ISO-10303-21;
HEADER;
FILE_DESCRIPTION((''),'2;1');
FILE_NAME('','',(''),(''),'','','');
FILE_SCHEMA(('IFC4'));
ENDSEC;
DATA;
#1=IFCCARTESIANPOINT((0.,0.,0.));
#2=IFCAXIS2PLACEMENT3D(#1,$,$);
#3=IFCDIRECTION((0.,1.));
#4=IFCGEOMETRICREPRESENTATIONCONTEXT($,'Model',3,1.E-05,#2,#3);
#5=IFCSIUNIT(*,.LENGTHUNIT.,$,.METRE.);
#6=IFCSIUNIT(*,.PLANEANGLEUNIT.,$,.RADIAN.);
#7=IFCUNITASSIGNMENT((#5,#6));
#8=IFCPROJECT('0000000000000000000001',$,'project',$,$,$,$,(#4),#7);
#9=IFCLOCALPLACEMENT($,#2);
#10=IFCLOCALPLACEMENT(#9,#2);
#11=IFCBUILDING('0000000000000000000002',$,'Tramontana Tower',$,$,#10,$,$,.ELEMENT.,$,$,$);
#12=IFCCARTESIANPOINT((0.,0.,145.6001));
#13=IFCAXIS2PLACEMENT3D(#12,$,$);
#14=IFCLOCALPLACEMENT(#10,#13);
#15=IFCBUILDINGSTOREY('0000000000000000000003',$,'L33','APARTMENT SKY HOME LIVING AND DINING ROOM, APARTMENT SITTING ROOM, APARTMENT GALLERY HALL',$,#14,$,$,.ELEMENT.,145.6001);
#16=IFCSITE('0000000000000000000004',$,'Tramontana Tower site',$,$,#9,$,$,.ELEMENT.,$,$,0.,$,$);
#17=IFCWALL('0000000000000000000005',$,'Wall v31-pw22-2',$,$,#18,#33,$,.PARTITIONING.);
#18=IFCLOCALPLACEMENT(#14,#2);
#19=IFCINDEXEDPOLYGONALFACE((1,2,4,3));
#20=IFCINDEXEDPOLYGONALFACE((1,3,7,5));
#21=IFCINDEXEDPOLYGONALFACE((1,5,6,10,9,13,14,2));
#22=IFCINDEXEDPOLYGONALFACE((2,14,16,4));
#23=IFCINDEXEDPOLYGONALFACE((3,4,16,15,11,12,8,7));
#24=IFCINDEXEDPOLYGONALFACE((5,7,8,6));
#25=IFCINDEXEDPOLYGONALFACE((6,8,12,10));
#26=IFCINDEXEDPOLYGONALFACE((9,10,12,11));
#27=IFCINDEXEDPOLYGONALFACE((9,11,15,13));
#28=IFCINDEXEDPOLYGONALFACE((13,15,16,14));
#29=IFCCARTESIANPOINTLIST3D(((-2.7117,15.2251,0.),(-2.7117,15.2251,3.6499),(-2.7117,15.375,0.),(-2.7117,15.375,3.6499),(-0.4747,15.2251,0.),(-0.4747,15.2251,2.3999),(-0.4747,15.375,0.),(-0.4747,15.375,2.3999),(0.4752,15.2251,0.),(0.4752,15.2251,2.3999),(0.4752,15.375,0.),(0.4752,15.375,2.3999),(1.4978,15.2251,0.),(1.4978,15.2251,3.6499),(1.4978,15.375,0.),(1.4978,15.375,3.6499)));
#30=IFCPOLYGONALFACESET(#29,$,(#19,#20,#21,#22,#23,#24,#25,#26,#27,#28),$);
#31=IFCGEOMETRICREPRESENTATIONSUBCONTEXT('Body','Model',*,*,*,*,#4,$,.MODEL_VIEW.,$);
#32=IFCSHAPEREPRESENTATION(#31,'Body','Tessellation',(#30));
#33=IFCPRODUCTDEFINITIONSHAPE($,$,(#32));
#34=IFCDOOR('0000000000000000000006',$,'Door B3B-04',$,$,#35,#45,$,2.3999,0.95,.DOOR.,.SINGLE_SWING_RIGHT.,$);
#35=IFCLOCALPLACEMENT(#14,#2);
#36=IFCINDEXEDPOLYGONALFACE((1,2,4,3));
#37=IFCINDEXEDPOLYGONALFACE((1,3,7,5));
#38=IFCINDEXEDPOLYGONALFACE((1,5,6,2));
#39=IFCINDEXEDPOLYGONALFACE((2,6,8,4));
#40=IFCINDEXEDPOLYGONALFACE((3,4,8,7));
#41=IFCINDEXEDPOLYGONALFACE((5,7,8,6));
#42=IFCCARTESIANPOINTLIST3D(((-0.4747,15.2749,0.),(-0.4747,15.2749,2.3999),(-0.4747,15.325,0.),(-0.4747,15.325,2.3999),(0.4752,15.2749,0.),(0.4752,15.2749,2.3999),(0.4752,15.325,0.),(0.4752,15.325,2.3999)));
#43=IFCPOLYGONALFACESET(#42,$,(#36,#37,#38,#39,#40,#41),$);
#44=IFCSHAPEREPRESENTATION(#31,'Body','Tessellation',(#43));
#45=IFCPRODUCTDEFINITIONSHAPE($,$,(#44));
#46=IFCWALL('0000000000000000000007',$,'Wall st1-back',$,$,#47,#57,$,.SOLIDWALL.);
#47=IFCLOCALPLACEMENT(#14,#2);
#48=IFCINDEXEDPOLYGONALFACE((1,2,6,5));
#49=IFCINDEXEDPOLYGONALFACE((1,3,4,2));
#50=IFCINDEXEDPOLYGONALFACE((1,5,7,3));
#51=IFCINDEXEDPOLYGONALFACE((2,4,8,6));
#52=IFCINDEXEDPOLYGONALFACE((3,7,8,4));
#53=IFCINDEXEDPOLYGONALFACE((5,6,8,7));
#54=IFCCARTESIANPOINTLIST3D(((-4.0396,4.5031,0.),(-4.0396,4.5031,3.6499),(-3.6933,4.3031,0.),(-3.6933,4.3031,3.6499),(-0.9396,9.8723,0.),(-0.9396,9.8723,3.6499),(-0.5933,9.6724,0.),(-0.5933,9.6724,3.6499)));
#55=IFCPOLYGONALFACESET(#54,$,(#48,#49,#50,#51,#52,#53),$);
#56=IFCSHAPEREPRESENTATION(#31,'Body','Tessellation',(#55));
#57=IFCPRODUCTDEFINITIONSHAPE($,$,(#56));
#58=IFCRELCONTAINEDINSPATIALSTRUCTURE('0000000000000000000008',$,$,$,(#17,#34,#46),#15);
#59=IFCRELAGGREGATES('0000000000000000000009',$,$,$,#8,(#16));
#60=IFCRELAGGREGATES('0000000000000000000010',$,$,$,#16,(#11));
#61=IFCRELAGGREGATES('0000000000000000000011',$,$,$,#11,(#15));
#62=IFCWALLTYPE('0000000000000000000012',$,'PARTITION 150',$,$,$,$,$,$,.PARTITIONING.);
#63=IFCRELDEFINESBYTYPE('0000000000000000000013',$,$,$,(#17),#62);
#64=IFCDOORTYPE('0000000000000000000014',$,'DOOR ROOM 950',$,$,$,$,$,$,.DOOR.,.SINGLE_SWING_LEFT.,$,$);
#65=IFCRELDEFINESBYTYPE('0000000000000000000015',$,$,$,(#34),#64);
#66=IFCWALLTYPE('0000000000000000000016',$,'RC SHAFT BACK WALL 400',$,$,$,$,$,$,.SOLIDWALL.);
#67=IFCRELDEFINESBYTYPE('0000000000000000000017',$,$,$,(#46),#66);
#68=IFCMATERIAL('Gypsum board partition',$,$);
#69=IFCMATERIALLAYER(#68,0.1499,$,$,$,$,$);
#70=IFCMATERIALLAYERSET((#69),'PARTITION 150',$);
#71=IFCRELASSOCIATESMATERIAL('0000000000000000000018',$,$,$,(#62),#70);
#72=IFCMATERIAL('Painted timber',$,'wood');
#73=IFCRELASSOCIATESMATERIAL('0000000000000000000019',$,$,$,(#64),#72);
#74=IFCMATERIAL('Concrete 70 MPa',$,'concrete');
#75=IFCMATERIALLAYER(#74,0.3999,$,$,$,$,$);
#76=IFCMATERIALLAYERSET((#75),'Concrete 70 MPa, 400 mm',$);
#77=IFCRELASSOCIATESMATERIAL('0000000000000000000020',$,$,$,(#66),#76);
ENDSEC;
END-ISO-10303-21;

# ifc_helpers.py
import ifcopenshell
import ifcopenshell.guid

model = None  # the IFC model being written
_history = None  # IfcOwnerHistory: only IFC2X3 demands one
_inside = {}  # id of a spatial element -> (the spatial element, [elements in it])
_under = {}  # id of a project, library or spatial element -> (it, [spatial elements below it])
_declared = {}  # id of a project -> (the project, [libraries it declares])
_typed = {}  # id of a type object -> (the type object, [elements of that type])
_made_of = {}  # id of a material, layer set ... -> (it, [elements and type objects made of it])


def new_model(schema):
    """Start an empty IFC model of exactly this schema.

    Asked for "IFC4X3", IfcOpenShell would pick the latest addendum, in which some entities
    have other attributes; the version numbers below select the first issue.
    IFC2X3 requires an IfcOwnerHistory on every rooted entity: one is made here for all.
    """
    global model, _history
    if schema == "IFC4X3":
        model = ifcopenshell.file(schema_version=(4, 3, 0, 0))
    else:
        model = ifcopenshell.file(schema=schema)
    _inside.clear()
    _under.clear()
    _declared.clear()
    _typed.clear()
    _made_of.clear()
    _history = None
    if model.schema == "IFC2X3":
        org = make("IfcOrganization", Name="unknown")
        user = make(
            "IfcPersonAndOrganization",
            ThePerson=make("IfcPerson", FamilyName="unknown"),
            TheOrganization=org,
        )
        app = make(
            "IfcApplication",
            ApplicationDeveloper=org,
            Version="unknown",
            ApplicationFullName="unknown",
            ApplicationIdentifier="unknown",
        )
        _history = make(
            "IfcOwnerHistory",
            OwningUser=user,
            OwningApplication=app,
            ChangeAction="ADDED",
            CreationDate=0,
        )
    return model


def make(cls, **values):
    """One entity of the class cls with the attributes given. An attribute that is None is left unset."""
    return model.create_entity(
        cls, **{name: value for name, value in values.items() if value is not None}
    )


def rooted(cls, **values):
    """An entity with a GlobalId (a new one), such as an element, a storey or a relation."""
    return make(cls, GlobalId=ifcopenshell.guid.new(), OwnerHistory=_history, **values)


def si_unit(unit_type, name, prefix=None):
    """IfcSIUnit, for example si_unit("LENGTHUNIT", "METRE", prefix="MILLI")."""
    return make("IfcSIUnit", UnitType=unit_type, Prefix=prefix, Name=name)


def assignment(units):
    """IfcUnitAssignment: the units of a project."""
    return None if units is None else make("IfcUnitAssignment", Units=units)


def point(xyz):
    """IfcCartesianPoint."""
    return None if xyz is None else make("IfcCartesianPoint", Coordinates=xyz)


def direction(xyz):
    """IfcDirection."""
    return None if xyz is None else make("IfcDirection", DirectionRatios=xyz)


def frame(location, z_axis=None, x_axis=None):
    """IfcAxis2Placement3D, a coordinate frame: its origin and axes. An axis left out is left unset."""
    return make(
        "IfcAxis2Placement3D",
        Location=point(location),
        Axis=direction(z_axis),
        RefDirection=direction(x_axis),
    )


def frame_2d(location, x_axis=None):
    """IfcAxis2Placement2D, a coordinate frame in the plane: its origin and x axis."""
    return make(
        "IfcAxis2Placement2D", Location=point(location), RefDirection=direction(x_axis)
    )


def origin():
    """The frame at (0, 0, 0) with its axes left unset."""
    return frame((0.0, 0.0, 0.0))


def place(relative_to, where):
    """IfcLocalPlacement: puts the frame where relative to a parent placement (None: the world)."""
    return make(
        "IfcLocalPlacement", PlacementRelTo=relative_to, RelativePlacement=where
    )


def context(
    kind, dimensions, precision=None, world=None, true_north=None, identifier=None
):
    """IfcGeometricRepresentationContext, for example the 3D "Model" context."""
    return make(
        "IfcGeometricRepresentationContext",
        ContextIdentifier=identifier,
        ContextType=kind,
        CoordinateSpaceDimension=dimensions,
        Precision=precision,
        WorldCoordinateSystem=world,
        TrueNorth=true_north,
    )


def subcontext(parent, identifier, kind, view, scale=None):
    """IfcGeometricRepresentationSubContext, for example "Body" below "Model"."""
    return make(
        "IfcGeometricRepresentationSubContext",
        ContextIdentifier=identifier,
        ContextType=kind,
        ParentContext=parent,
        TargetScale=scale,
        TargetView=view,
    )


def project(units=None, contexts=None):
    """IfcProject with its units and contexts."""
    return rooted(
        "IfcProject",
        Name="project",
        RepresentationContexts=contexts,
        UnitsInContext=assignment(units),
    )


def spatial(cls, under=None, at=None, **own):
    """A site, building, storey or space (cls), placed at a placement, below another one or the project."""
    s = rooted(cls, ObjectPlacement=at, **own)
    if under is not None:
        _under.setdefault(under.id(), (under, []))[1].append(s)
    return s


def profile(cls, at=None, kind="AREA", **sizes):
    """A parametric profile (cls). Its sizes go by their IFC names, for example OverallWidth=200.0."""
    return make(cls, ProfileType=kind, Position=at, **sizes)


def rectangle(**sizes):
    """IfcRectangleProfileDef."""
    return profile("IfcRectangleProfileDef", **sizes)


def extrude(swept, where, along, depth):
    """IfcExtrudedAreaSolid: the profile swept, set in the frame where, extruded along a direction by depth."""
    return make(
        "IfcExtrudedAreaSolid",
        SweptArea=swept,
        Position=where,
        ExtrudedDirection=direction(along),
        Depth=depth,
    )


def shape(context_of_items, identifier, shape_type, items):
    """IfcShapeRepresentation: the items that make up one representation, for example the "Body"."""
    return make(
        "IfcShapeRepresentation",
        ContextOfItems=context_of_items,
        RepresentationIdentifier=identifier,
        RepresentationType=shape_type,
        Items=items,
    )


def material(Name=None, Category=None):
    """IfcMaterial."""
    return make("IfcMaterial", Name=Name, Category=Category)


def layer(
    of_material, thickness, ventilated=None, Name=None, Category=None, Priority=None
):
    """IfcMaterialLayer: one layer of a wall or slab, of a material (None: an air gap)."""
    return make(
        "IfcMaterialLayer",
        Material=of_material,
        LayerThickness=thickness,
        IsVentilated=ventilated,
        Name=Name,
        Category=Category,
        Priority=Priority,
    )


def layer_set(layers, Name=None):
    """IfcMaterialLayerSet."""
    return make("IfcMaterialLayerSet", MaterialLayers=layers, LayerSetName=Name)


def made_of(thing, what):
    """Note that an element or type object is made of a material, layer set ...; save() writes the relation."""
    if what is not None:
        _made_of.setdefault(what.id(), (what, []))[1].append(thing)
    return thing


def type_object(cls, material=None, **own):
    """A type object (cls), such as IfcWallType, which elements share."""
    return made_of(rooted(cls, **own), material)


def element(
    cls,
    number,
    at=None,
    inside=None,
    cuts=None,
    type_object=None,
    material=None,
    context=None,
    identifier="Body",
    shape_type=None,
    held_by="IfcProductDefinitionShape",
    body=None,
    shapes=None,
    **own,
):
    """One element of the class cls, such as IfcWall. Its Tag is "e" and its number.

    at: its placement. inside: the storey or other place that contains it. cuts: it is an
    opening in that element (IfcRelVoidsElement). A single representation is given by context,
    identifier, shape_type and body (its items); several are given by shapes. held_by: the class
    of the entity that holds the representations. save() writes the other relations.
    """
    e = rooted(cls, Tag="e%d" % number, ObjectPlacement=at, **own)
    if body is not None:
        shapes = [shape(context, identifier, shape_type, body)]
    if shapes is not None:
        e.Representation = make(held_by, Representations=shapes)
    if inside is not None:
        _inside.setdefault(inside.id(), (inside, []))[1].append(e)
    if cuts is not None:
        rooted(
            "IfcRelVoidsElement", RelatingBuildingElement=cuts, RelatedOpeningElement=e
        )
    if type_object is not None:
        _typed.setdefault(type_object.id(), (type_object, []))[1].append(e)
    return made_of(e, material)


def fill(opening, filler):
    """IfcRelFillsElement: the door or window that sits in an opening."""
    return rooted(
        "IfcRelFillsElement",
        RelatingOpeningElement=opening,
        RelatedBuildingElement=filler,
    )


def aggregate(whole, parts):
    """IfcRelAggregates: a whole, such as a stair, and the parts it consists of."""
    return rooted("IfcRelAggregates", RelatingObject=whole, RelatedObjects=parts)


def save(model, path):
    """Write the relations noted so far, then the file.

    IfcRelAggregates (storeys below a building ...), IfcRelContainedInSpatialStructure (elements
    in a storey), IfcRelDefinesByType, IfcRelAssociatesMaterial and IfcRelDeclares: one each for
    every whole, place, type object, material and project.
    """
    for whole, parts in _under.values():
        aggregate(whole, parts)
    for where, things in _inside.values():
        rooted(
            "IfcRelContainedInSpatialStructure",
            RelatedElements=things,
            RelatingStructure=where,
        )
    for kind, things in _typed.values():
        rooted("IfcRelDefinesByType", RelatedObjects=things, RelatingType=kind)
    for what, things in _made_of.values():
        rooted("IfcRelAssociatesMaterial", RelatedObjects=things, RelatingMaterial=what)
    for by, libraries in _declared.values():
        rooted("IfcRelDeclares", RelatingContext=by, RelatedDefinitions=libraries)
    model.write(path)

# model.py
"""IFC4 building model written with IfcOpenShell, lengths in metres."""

from ifc_helpers import new_model, si_unit, direction, frame, frame_2d, origin, place, context, subcontext, project, spatial, rectangle, extrude, material, layer, layer_set, type_object, element, fill, save


model = new_model("IFC4")

# Units and contexts
model_context = context("Model", 3, precision=1e-05, world=origin(), true_north=direction((0.0, 1.0)))
body_context = subcontext(model_context, "Body", "Model", "MODEL_VIEW")
ifc_project = project(units=[si_unit("LENGTHUNIT", "METRE"), si_unit("PLANEANGLEUNIT", "RADIAN")], contexts=[model_context])

# Site, building, storey
site_placement = place(None, origin())
site = spatial("IfcSite", under=ifc_project, at=site_placement, Name="Tramontana Tower site", CompositionType="ELEMENT", RefElevation=0.0)
building_placement = place(site_placement, origin())
building = spatial("IfcBuilding", under=site, at=building_placement, Name="Tramontana Tower", CompositionType="ELEMENT")
storey_placement = place(building_placement, frame((0.0, 0.0, 145.6001)))
storey = spatial("IfcBuildingStorey", under=building, at=storey_placement, Name="L33", Description="APARTMENT SKY HOME LIVING AND DINING ROOM, APARTMENT SITTING ROOM, APARTMENT GALLERY HALL", CompositionType="ELEMENT", Elevation=145.6001)

# Shared definitions
ifc_material_1 = material(Name="Gypsum board partition")
ifc_layer_1 = layer(ifc_material_1, 0.1499)
ifc_layer_set_1 = layer_set([ifc_layer_1], Name="PARTITION 150")
wall_type_1 = type_object("IfcWallType", Name="PARTITION 150", PredefinedType="PARTITIONING", material=ifc_layer_set_1)

# Shared definitions
ifc_material_2 = material(Name="Painted timber", Category="wood")
door_type_1 = type_object("IfcDoorType", Name="DOOR ROOM 950", OperationType="SINGLE_SWING_LEFT", PredefinedType="DOOR", material=ifc_material_2)

# Wall, opening, door
wall_1_placement = place(storey_placement, frame((-2.7117, 15.3, 0.0), z_axis=(0.0, 0.0, 1.0), x_axis=(1.0, 0.0, 0.0)))
wall_1 = element("IfcWall", 1, at=wall_1_placement, inside=storey, type_object=wall_type_1, Name="Wall v31-pw22-2", PredefinedType="PARTITIONING", context=body_context, shape_type="SweptSolid", body=[
    extrude(rectangle(XDim=4.2095, YDim=0.1499, at=frame_2d((2.1047, 0.0))), origin(), (0.0, 0.0, 1.0), 3.6499),
])
opening_1_placement = place(wall_1_placement, frame((2.2368, 0.0, 0.0)))
opening_1 = element("IfcOpeningElement", 2, at=opening_1_placement, cuts=wall_1, PredefinedType="OPENING", context=body_context, shape_type="SweptSolid", body=[
    extrude(rectangle(XDim=0.95, YDim=2.3999, at=frame_2d((0.4751, 1.2))), frame((0.0, 0.085, 0.0), z_axis=(0.0, -1.0, 0.0), x_axis=(1.0, 0.0, 0.0)), (0.0, 0.0, 1.0), 0.1699),
])
door_1_placement = place(opening_1_placement, origin())
door_1 = element("IfcDoor", 3, at=door_1_placement, inside=storey, type_object=door_type_1, Name="Door B3B-04", OperationType="SINGLE_SWING_RIGHT", OverallHeight=2.3999, OverallWidth=0.95, PredefinedType="DOOR", context=body_context, shape_type="SweptSolid", body=[
    extrude(rectangle(XDim=0.95, YDim=2.3999, at=frame_2d((0.4751, 1.2))), frame((0.0, 0.0249, 0.0), z_axis=(0.0, -1.0, 0.0), x_axis=(1.0, 0.0, 0.0)), (0.0, 0.0, 1.0), 0.05),
])
fill(opening_1, door_1)

# Wall
ifc_material_3 = material(Name="Concrete 70 MPa", Category="concrete")
ifc_layer_2 = layer(ifc_material_3, 0.3999)
ifc_layer_set_2 = layer_set([ifc_layer_2], Name="Concrete 70 MPa, 400 mm")
wall_type_2 = type_object("IfcWallType", Name="RC SHAFT BACK WALL 400", PredefinedType="SOLIDWALL", material=ifc_layer_set_2)
wall_2_placement = place(storey_placement, frame((-0.7664, 9.7725, 0.0), z_axis=(0.0, 0.0, 1.0), x_axis=(-0.50001, -0.86602, 0.0)))
element("IfcWall", 4, at=wall_2_placement, inside=storey, type_object=wall_type_2, Name="Wall st1-back", PredefinedType="SOLIDWALL", context=body_context, shape_type="SweptSolid", body=[
    extrude(rectangle(XDim=6.2, YDim=0.3999, at=frame_2d((3.1001, 0.0))), origin(), (0.0, 0.0, 1.0), 3.6499),
])

save(model, "model.ifc")
